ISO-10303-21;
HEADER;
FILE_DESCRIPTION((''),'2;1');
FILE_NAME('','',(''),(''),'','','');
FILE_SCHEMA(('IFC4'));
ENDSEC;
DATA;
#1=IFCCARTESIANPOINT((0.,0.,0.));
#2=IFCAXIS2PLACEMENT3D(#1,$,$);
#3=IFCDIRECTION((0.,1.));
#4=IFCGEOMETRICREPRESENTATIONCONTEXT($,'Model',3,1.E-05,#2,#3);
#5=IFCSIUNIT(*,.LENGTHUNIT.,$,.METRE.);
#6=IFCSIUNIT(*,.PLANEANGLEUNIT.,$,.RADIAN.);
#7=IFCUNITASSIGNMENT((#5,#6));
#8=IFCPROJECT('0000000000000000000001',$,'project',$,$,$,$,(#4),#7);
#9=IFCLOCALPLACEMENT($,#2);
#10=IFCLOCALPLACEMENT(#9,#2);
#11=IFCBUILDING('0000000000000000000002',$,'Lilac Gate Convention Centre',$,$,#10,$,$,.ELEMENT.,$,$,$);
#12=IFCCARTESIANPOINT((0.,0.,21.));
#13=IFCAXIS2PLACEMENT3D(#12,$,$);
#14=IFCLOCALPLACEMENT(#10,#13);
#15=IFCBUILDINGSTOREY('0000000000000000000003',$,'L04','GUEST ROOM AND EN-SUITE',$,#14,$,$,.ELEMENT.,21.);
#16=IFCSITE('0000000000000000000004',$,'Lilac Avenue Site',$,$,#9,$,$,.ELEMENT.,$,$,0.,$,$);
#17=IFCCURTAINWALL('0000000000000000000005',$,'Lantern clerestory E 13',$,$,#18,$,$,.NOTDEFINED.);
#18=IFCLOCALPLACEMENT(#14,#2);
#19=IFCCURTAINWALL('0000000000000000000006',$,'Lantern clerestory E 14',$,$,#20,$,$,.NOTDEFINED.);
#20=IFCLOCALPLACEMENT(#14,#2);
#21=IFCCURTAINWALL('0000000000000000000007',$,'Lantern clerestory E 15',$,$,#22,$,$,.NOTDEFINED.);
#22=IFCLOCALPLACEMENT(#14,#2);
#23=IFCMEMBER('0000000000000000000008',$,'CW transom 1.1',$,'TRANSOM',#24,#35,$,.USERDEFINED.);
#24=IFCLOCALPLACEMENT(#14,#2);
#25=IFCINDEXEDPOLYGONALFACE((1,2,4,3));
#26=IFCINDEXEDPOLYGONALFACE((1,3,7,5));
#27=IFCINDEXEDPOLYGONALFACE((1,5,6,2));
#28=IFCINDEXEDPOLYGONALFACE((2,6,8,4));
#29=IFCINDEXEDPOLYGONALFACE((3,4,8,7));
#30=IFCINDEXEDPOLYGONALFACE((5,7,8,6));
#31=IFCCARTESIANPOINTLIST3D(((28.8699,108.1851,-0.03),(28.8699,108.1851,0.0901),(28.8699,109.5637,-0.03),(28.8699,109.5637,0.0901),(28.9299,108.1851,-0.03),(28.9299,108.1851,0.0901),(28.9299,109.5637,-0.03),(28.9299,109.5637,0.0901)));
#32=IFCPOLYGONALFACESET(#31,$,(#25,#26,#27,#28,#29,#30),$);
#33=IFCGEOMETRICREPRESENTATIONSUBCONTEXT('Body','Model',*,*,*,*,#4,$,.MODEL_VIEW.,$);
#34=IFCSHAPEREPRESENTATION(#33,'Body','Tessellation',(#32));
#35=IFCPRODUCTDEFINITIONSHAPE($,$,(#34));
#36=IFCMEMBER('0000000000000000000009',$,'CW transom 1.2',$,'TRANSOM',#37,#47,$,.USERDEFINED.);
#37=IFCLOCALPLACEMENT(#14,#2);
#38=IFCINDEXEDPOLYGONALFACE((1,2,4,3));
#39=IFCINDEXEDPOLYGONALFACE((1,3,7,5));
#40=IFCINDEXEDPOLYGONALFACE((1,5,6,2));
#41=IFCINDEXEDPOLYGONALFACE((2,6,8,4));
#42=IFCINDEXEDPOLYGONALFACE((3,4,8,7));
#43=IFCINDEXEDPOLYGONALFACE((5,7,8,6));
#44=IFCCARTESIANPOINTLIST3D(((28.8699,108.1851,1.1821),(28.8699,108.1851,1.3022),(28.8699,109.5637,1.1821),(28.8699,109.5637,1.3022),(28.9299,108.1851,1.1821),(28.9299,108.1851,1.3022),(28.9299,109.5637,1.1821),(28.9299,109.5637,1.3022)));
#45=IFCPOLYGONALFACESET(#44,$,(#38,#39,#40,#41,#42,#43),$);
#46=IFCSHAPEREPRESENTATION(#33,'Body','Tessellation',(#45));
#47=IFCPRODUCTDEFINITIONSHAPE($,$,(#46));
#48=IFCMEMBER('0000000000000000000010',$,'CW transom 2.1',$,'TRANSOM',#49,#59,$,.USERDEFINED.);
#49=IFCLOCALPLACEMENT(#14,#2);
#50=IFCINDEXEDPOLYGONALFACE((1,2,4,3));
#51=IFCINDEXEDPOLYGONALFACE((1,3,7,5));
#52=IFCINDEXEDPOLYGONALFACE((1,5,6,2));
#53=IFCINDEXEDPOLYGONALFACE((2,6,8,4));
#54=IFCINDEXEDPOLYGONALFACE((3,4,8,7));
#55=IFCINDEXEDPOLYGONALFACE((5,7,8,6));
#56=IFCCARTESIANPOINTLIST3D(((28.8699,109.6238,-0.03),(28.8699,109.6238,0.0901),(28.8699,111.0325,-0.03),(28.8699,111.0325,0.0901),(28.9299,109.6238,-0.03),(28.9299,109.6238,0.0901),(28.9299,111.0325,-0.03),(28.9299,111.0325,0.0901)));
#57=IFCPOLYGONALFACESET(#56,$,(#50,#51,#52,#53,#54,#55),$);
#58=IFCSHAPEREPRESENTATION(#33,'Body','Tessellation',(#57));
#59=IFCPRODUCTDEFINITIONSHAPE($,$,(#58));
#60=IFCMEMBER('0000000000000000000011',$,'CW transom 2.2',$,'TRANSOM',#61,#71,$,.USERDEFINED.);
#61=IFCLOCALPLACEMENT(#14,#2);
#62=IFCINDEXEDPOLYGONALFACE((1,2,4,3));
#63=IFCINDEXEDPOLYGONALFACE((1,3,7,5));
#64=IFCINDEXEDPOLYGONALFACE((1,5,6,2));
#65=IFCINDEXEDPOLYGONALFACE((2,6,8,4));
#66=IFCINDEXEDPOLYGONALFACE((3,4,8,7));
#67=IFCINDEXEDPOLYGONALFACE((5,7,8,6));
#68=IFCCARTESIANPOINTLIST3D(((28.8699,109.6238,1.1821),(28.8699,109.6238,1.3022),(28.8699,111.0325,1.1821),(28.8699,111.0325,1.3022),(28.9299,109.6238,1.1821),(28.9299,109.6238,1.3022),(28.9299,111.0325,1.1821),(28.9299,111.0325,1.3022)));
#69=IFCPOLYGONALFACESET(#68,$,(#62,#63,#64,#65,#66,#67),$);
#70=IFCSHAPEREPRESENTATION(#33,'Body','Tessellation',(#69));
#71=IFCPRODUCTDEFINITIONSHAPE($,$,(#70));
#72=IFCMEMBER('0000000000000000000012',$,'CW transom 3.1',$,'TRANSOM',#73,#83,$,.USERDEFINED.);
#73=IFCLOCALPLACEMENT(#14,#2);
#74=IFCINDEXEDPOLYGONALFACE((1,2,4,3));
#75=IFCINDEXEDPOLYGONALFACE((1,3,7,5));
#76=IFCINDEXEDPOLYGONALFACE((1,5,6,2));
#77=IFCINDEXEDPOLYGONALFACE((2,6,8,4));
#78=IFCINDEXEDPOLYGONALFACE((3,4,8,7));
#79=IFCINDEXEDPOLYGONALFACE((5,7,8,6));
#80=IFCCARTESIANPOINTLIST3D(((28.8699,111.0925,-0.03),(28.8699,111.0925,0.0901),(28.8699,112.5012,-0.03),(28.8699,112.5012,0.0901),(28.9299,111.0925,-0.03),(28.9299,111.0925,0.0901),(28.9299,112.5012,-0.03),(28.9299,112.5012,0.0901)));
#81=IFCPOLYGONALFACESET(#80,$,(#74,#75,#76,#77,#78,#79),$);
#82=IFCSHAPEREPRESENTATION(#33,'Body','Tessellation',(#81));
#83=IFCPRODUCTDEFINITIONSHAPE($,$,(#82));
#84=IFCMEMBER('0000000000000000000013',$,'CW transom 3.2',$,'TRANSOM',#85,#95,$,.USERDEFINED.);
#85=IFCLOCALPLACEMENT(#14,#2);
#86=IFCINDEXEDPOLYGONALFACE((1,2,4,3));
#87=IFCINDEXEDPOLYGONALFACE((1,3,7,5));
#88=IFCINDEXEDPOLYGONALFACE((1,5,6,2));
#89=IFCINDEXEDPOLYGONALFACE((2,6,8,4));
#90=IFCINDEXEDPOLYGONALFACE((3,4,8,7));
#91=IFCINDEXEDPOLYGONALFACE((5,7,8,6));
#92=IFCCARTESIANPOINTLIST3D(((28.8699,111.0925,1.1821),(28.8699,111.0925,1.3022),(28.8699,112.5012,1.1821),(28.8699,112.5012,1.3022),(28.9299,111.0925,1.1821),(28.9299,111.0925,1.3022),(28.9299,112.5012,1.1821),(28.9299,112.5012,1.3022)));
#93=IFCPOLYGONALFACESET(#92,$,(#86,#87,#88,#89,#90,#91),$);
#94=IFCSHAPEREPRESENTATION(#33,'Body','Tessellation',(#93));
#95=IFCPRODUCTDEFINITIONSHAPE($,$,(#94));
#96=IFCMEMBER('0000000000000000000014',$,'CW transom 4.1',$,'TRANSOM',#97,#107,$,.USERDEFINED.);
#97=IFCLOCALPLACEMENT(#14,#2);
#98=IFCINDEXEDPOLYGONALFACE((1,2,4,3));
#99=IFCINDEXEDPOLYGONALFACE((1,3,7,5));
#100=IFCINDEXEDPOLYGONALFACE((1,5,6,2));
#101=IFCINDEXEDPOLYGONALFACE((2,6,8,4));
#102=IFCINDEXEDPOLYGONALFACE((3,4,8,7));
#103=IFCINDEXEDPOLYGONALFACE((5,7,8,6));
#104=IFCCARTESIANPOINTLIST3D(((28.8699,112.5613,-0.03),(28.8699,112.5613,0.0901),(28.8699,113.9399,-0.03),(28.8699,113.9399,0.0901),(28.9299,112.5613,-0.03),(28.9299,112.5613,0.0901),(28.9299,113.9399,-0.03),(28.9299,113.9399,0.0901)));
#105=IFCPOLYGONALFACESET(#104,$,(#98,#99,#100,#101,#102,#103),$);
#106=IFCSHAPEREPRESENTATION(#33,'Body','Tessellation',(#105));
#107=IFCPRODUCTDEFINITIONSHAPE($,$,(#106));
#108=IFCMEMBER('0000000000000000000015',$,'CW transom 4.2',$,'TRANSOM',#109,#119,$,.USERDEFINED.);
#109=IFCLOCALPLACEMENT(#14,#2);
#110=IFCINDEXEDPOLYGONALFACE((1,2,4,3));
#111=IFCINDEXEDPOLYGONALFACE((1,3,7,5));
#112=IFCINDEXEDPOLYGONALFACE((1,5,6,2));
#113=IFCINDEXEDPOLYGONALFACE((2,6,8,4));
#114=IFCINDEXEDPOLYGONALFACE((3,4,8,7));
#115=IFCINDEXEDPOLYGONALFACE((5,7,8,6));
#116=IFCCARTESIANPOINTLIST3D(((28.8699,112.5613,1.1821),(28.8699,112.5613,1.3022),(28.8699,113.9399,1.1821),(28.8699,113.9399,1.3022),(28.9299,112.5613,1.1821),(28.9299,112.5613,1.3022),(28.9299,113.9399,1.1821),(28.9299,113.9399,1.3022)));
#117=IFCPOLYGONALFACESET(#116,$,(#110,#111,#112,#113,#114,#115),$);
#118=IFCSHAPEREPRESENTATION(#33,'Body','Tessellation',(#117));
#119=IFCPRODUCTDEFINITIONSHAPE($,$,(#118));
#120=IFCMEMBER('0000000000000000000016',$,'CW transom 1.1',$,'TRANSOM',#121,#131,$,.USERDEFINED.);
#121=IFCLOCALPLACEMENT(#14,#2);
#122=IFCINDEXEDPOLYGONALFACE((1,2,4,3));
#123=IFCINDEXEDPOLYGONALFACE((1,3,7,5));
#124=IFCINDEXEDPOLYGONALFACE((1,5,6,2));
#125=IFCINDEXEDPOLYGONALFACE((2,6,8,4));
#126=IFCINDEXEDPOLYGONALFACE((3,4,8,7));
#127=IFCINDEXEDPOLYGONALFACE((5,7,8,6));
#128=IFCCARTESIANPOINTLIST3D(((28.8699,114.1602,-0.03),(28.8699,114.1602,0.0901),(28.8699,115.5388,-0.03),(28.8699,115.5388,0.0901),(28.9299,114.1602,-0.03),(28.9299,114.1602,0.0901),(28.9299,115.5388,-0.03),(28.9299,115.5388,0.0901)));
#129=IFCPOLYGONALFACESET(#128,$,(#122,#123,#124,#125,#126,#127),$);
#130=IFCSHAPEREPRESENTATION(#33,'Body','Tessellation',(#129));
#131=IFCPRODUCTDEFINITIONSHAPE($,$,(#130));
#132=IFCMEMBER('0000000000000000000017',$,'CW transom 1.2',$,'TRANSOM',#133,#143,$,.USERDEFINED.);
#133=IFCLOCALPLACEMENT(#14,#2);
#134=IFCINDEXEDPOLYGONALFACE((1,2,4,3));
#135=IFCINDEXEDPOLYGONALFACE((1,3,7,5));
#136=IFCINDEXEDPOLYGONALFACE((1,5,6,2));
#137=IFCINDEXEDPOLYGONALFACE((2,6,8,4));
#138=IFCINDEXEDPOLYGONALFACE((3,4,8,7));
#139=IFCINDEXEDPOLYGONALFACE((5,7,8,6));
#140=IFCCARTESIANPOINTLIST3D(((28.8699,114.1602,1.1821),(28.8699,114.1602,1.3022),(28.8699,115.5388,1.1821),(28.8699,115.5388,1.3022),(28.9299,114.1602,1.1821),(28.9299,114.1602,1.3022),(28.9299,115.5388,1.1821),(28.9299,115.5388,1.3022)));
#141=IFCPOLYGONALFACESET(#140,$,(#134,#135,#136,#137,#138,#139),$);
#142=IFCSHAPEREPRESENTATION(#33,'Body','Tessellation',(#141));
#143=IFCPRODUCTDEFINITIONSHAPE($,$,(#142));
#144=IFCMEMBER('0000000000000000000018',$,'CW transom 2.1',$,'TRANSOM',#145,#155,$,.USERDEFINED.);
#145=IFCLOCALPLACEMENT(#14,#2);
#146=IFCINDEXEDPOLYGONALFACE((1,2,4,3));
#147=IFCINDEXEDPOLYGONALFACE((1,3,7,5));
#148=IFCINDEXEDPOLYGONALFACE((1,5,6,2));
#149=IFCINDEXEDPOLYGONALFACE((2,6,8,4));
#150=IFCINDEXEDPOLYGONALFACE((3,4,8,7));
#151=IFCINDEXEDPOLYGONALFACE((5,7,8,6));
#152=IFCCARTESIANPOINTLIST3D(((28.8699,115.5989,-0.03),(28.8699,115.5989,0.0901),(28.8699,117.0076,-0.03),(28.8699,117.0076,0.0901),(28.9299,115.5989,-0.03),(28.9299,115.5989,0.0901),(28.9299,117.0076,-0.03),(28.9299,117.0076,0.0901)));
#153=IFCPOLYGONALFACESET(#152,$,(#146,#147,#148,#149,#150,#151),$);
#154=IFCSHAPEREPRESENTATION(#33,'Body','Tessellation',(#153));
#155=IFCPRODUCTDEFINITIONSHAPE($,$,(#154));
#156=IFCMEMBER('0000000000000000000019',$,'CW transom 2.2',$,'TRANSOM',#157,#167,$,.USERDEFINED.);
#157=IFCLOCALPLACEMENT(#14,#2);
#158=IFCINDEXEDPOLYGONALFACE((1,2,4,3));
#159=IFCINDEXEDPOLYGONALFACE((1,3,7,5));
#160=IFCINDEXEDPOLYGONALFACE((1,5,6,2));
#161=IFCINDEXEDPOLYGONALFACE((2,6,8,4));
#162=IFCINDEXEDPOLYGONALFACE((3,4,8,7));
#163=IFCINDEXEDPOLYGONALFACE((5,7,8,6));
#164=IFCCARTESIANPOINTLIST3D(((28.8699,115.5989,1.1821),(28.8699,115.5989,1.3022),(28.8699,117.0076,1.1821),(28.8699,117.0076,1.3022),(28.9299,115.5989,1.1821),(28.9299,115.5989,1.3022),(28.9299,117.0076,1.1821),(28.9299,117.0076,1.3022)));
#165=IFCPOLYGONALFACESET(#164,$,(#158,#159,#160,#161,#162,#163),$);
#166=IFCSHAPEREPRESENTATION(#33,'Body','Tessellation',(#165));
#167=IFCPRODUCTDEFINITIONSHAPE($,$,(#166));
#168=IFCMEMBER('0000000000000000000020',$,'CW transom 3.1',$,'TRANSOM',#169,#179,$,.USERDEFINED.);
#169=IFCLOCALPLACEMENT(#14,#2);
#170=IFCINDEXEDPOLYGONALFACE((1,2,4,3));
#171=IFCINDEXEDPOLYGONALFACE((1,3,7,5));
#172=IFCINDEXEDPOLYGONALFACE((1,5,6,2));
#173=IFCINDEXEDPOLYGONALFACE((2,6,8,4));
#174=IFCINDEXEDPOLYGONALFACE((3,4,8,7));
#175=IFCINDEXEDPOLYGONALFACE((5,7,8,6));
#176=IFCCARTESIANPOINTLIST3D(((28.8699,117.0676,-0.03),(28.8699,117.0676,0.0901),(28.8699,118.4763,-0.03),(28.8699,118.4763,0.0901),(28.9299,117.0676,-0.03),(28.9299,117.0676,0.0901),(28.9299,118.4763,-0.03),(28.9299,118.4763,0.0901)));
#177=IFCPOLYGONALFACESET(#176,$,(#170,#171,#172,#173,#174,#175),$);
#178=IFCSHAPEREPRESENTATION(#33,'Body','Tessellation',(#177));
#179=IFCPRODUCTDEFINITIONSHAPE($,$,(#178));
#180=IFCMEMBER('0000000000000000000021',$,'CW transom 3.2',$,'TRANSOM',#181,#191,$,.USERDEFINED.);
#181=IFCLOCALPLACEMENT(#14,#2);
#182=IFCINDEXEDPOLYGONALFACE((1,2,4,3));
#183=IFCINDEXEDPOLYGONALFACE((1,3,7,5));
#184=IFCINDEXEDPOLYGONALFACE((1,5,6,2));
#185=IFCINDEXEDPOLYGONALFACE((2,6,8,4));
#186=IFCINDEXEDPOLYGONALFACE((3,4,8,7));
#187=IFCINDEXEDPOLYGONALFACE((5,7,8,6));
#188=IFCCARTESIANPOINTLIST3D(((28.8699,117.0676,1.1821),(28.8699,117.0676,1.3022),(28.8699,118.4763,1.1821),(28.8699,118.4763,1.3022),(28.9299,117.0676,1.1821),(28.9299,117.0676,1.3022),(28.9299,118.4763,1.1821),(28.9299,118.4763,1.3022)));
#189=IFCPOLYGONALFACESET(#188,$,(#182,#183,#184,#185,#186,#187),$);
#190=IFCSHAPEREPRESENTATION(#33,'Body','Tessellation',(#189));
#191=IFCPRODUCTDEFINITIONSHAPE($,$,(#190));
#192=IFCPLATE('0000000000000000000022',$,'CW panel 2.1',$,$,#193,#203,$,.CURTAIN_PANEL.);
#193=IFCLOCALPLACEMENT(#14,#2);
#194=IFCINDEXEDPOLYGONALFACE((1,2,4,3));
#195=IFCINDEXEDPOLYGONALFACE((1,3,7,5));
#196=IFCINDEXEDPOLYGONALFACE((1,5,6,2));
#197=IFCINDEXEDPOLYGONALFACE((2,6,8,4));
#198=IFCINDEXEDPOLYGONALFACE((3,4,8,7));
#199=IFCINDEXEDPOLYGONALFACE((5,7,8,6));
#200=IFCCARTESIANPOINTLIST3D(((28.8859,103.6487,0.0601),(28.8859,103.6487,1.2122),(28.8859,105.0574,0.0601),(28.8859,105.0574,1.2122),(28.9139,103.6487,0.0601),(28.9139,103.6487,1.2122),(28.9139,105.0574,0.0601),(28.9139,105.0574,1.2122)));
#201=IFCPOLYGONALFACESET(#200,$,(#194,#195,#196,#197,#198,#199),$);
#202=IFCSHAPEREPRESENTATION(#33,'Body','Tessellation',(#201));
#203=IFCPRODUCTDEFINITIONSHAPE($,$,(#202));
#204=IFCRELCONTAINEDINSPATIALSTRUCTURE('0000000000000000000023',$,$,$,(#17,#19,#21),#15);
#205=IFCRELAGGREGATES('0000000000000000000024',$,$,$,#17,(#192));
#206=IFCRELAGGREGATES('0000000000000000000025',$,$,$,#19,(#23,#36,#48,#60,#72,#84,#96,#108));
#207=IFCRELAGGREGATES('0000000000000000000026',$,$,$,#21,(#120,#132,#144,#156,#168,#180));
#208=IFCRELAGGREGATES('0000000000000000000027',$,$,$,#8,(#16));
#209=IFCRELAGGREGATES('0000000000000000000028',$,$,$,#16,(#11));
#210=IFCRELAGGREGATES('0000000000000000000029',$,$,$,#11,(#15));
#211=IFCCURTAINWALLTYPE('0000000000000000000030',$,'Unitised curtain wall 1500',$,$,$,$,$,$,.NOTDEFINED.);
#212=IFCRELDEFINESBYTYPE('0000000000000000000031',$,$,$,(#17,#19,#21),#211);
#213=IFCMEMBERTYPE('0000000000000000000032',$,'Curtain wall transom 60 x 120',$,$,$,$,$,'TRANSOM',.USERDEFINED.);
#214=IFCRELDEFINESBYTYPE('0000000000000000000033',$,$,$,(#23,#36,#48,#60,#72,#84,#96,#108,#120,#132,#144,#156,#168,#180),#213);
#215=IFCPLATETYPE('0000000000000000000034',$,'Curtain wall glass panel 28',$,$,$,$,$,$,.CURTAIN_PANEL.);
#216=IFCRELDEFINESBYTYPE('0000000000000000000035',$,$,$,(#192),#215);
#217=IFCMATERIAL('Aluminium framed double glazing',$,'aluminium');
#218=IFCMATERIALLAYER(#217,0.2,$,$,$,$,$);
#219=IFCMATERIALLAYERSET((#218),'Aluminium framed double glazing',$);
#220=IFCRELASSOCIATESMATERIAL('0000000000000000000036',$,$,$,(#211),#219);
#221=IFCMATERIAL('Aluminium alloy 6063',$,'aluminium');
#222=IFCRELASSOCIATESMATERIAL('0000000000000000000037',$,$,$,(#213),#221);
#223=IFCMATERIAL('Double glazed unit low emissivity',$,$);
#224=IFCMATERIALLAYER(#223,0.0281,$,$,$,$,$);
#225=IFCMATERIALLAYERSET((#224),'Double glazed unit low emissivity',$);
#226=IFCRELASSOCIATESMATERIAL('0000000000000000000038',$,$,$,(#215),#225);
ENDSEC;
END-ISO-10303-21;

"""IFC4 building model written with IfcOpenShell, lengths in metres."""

from ifc_helpers import new_model, si_unit, direction, frame, origin, origin_2d, place, context, subcontext, project, spatial, rectangle, extrude, material, layer, layer_set, material_profile, profile_set, type_object, element, aggregate, save


model = new_model("IFC4")

# Units and contexts
model_context = context("Model", 3, precision=1e-05, world=origin(), true_north=direction((0.0, 1.0)))
body_context = subcontext(model_context, "Body", "Model", "MODEL_VIEW")
ifc_project = project(units=[si_unit("LENGTHUNIT", "METRE"), si_unit("PLANEANGLEUNIT", "RADIAN")], contexts=[model_context])

# Site, building, storey
site_placement = place(None, origin())
site = spatial("IfcSite", under=ifc_project, at=site_placement, Name="Lilac Avenue Site", CompositionType="ELEMENT", RefElevation=0.0)
building_placement = place(site_placement, origin())
building = spatial("IfcBuilding", under=site, at=building_placement, Name="Lilac Gate Convention Centre", CompositionType="ELEMENT")
storey_placement = place(building_placement, frame((0.0, 0.0, 21.0)))
storey = spatial("IfcBuildingStorey", under=building, at=storey_placement, Name="L04", Description="GUEST ROOM AND EN-SUITE", CompositionType="ELEMENT", Elevation=21.0)

# Curtain walls
ifc_material_1 = material(Name="Aluminium framed double glazing", Category="aluminium")
ifc_layer_1 = layer(ifc_material_1, 0.2)
ifc_layer_set_1 = layer_set([ifc_layer_1], Name="Aluminium framed double glazing")
curtain_wall_type = type_object("IfcCurtainWallType", Name="Unitised curtain wall 1500", PredefinedType="NOTDEFINED", material=ifc_layer_set_1)
curtain_wall_1_placement = place(storey_placement, origin())
curtain_wall_1 = element("IfcCurtainWall", 1, at=curtain_wall_1_placement, inside=storey, type_object=curtain_wall_type, Name="Lantern clerestory E 13", PredefinedType="NOTDEFINED")
ifc_material_2 = material(Name="Aluminium alloy 6063", Category="aluminium")
curtain_wall_2_placement = place(storey_placement, origin())
curtain_wall_2 = element("IfcCurtainWall", 2, at=curtain_wall_2_placement, inside=storey, type_object=curtain_wall_type, Name="Lantern clerestory E 14", PredefinedType="NOTDEFINED")
curtain_wall_3_placement = place(storey_placement, origin())
curtain_wall_3 = element("IfcCurtainWall", 3, at=curtain_wall_3_placement, inside=storey, type_object=curtain_wall_type, Name="Lantern clerestory E 15", PredefinedType="NOTDEFINED")

# Members
ifc_material_profile_1 = material_profile(ifc_material_2, rectangle(XDim=0.0601, YDim=0.1201, at=origin_2d()), Name="Curtain wall transom 60 x 120")
ifc_profile_set_1 = profile_set([ifc_material_profile_1], Name="Aluminium alloy 6063")
member_type_1 = type_object("IfcMemberType", Name="Curtain wall transom 60 x 120", ElementType="TRANSOM", PredefinedType="USERDEFINED", material=ifc_profile_set_1)
member_1_placement = place(storey_placement, frame((28.8999, 108.1851, 0.03), z_axis=(0.0, 1.0, 0.0), x_axis=(-1.0, 0.0, 0.0)))
member_1 = element("IfcMember", 4, at=member_1_placement, type_object=member_type_1, Name="CW transom 1.1", ObjectType="TRANSOM", PredefinedType="USERDEFINED", context=body_context, shape_type="SweptSolid", body=[
    extrude(rectangle(XDim=0.0601, YDim=0.1201, at=origin_2d()), origin(), (0.0, 0.0, 1.0), 1.3787),
])
member_2_placement = place(storey_placement, frame((28.8999, 108.1851, 1.2422), z_axis=(0.0, 1.0, 0.0), x_axis=(-1.0, 0.0, 0.0)))
member_2 = element("IfcMember", 5, at=member_2_placement, type_object=member_type_1, Name="CW transom 1.2", ObjectType="TRANSOM", PredefinedType="USERDEFINED", context=body_context, shape_type="SweptSolid", body=[
    extrude(rectangle(XDim=0.0601, YDim=0.1201, at=origin_2d()), origin(), (0.0, 0.0, 1.0), 1.3787),
])
member_3_placement = place(storey_placement, frame((28.8999, 109.6238, 0.03), z_axis=(0.0, 1.0, 0.0), x_axis=(-1.0, 0.0, 0.0)))
member_3 = element("IfcMember", 6, at=member_3_placement, type_object=member_type_1, Name="CW transom 2.1", ObjectType="TRANSOM", PredefinedType="USERDEFINED", context=body_context, shape_type="SweptSolid", body=[
    extrude(rectangle(XDim=0.0601, YDim=0.1201, at=origin_2d()), origin(), (0.0, 0.0, 1.0), 1.4087),
])
member_4_placement = place(storey_placement, frame((28.8999, 109.6238, 1.2422), z_axis=(0.0, 1.0, 0.0), x_axis=(-1.0, 0.0, 0.0)))
member_4 = element("IfcMember", 7, at=member_4_placement, type_object=member_type_1, Name="CW transom 2.2", ObjectType="TRANSOM", PredefinedType="USERDEFINED", context=body_context, shape_type="SweptSolid", body=[
    extrude(rectangle(XDim=0.0601, YDim=0.1201, at=origin_2d()), origin(), (0.0, 0.0, 1.0), 1.4087),
])
member_5_placement = place(storey_placement, frame((28.8999, 111.0925, 0.03), z_axis=(0.0, 1.0, 0.0), x_axis=(-1.0, 0.0, 0.0)))
member_5 = element("IfcMember", 8, at=member_5_placement, type_object=member_type_1, Name="CW transom 3.1", ObjectType="TRANSOM", PredefinedType="USERDEFINED", context=body_context, shape_type="SweptSolid", body=[
    extrude(rectangle(XDim=0.0601, YDim=0.1201, at=origin_2d()), origin(), (0.0, 0.0, 1.0), 1.4087),
])
member_6_placement = place(storey_placement, frame((28.8999, 111.0925, 1.2422), z_axis=(0.0, 1.0, 0.0), x_axis=(-1.0, 0.0, 0.0)))
member_6 = element("IfcMember", 9, at=member_6_placement, type_object=member_type_1, Name="CW transom 3.2", ObjectType="TRANSOM", PredefinedType="USERDEFINED", context=body_context, shape_type="SweptSolid", body=[
    extrude(rectangle(XDim=0.0601, YDim=0.1201, at=origin_2d()), origin(), (0.0, 0.0, 1.0), 1.4087),
])
member_7_placement = place(storey_placement, frame((28.8999, 112.5613, 0.03), z_axis=(0.0, 1.0, 0.0), x_axis=(-1.0, 0.0, 0.0)))
member_7 = element("IfcMember", 10, at=member_7_placement, type_object=member_type_1, Name="CW transom 4.1", ObjectType="TRANSOM", PredefinedType="USERDEFINED", context=body_context, shape_type="SweptSolid", body=[
    extrude(rectangle(XDim=0.0601, YDim=0.1201, at=origin_2d()), origin(), (0.0, 0.0, 1.0), 1.3787),
])
member_8_placement = place(storey_placement, frame((28.8999, 112.5613, 1.2422), z_axis=(0.0, 1.0, 0.0), x_axis=(-1.0, 0.0, 0.0)))
member_8 = element("IfcMember", 11, at=member_8_placement, type_object=member_type_1, Name="CW transom 4.2", ObjectType="TRANSOM", PredefinedType="USERDEFINED", context=body_context, shape_type="SweptSolid", body=[
    extrude(rectangle(XDim=0.0601, YDim=0.1201, at=origin_2d()), origin(), (0.0, 0.0, 1.0), 1.3787),
])
member_9_placement = place(storey_placement, frame((28.8999, 114.1602, 0.03), z_axis=(0.0, 1.0, 0.0), x_axis=(-1.0, 0.0, 0.0)))
member_9 = element("IfcMember", 12, at=member_9_placement, type_object=member_type_1, Name="CW transom 1.1", ObjectType="TRANSOM", PredefinedType="USERDEFINED", context=body_context, shape_type="SweptSolid", body=[
    extrude(rectangle(XDim=0.0601, YDim=0.1201, at=origin_2d()), origin(), (0.0, 0.0, 1.0), 1.3787),
])
member_10_placement = place(storey_placement, frame((28.8999, 114.1602, 1.2422), z_axis=(0.0, 1.0, 0.0), x_axis=(-1.0, 0.0, 0.0)))
member_10 = element("IfcMember", 13, at=member_10_placement, type_object=member_type_1, Name="CW transom 1.2", ObjectType="TRANSOM", PredefinedType="USERDEFINED", context=body_context, shape_type="SweptSolid", body=[
    extrude(rectangle(XDim=0.0601, YDim=0.1201, at=origin_2d()), origin(), (0.0, 0.0, 1.0), 1.3787),
])
member_11_placement = place(storey_placement, frame((28.8999, 115.5989, 0.03), z_axis=(0.0, 1.0, 0.0), x_axis=(-1.0, 0.0, 0.0)))
member_11 = element("IfcMember", 14, at=member_11_placement, type_object=member_type_1, Name="CW transom 2.1", ObjectType="TRANSOM", PredefinedType="USERDEFINED", context=body_context, shape_type="SweptSolid", body=[
    extrude(rectangle(XDim=0.0601, YDim=0.1201, at=origin_2d()), origin(), (0.0, 0.0, 1.0), 1.4087),
])
member_12_placement = place(storey_placement, frame((28.8999, 115.5989, 1.2422), z_axis=(0.0, 1.0, 0.0), x_axis=(-1.0, 0.0, 0.0)))
member_12 = element("IfcMember", 15, at=member_12_placement, type_object=member_type_1, Name="CW transom 2.2", ObjectType="TRANSOM", PredefinedType="USERDEFINED", context=body_context, shape_type="SweptSolid", body=[
    extrude(rectangle(XDim=0.0601, YDim=0.1201, at=origin_2d()), origin(), (0.0, 0.0, 1.0), 1.4087),
])
member_13_placement = place(storey_placement, frame((28.8999, 117.0676, 0.03), z_axis=(0.0, 1.0, 0.0), x_axis=(-1.0, 0.0, 0.0)))
member_13 = element("IfcMember", 16, at=member_13_placement, type_object=member_type_1, Name="CW transom 3.1", ObjectType="TRANSOM", PredefinedType="USERDEFINED", context=body_context, shape_type="SweptSolid", body=[
    extrude(rectangle(XDim=0.0601, YDim=0.1201, at=origin_2d()), origin(), (0.0, 0.0, 1.0), 1.4087),
])
member_14_placement = place(storey_placement, frame((28.8999, 117.0676, 1.2422), z_axis=(0.0, 1.0, 0.0), x_axis=(-1.0, 0.0, 0.0)))
member_14 = element("IfcMember", 17, at=member_14_placement, type_object=member_type_1, Name="CW transom 3.2", ObjectType="TRANSOM", PredefinedType="USERDEFINED", context=body_context, shape_type="SweptSolid", body=[
    extrude(rectangle(XDim=0.0601, YDim=0.1201, at=origin_2d()), origin(), (0.0, 0.0, 1.0), 1.4087),
])

# Plate
ifc_material_3 = material(Name="Double glazed unit low emissivity")
ifc_layer_2 = layer(ifc_material_3, 0.0281)
ifc_layer_set_2 = layer_set([ifc_layer_2], Name="Double glazed unit low emissivity")
plate_type = type_object("IfcPlateType", Name="Curtain wall glass panel 28", PredefinedType="CURTAIN_PANEL", material=ifc_layer_set_2)
plate_1_placement = place(storey_placement, frame((28.8999, 104.353, 0.0601), z_axis=(0.0, 0.0, 1.0), x_axis=(0.0, 1.0, 0.0)))
plate_1 = element("IfcPlate", 18, at=plate_1_placement, type_object=plate_type, Name="CW panel 2.1", PredefinedType="CURTAIN_PANEL", context=body_context, shape_type="SweptSolid", body=[
    extrude(rectangle(XDim=1.4087, YDim=0.0281, at=origin_2d()), origin(), (0.0, 0.0, 1.0), 1.1521),
])
aggregate(curtain_wall_1, [plate_1])
aggregate(curtain_wall_2, [member_1, member_2, member_3, member_4, member_5, member_6, member_7, member_8])
aggregate(curtain_wall_3, [member_9, member_10, member_11, member_12, member_13, member_14])

save(model, "model.ifc")
